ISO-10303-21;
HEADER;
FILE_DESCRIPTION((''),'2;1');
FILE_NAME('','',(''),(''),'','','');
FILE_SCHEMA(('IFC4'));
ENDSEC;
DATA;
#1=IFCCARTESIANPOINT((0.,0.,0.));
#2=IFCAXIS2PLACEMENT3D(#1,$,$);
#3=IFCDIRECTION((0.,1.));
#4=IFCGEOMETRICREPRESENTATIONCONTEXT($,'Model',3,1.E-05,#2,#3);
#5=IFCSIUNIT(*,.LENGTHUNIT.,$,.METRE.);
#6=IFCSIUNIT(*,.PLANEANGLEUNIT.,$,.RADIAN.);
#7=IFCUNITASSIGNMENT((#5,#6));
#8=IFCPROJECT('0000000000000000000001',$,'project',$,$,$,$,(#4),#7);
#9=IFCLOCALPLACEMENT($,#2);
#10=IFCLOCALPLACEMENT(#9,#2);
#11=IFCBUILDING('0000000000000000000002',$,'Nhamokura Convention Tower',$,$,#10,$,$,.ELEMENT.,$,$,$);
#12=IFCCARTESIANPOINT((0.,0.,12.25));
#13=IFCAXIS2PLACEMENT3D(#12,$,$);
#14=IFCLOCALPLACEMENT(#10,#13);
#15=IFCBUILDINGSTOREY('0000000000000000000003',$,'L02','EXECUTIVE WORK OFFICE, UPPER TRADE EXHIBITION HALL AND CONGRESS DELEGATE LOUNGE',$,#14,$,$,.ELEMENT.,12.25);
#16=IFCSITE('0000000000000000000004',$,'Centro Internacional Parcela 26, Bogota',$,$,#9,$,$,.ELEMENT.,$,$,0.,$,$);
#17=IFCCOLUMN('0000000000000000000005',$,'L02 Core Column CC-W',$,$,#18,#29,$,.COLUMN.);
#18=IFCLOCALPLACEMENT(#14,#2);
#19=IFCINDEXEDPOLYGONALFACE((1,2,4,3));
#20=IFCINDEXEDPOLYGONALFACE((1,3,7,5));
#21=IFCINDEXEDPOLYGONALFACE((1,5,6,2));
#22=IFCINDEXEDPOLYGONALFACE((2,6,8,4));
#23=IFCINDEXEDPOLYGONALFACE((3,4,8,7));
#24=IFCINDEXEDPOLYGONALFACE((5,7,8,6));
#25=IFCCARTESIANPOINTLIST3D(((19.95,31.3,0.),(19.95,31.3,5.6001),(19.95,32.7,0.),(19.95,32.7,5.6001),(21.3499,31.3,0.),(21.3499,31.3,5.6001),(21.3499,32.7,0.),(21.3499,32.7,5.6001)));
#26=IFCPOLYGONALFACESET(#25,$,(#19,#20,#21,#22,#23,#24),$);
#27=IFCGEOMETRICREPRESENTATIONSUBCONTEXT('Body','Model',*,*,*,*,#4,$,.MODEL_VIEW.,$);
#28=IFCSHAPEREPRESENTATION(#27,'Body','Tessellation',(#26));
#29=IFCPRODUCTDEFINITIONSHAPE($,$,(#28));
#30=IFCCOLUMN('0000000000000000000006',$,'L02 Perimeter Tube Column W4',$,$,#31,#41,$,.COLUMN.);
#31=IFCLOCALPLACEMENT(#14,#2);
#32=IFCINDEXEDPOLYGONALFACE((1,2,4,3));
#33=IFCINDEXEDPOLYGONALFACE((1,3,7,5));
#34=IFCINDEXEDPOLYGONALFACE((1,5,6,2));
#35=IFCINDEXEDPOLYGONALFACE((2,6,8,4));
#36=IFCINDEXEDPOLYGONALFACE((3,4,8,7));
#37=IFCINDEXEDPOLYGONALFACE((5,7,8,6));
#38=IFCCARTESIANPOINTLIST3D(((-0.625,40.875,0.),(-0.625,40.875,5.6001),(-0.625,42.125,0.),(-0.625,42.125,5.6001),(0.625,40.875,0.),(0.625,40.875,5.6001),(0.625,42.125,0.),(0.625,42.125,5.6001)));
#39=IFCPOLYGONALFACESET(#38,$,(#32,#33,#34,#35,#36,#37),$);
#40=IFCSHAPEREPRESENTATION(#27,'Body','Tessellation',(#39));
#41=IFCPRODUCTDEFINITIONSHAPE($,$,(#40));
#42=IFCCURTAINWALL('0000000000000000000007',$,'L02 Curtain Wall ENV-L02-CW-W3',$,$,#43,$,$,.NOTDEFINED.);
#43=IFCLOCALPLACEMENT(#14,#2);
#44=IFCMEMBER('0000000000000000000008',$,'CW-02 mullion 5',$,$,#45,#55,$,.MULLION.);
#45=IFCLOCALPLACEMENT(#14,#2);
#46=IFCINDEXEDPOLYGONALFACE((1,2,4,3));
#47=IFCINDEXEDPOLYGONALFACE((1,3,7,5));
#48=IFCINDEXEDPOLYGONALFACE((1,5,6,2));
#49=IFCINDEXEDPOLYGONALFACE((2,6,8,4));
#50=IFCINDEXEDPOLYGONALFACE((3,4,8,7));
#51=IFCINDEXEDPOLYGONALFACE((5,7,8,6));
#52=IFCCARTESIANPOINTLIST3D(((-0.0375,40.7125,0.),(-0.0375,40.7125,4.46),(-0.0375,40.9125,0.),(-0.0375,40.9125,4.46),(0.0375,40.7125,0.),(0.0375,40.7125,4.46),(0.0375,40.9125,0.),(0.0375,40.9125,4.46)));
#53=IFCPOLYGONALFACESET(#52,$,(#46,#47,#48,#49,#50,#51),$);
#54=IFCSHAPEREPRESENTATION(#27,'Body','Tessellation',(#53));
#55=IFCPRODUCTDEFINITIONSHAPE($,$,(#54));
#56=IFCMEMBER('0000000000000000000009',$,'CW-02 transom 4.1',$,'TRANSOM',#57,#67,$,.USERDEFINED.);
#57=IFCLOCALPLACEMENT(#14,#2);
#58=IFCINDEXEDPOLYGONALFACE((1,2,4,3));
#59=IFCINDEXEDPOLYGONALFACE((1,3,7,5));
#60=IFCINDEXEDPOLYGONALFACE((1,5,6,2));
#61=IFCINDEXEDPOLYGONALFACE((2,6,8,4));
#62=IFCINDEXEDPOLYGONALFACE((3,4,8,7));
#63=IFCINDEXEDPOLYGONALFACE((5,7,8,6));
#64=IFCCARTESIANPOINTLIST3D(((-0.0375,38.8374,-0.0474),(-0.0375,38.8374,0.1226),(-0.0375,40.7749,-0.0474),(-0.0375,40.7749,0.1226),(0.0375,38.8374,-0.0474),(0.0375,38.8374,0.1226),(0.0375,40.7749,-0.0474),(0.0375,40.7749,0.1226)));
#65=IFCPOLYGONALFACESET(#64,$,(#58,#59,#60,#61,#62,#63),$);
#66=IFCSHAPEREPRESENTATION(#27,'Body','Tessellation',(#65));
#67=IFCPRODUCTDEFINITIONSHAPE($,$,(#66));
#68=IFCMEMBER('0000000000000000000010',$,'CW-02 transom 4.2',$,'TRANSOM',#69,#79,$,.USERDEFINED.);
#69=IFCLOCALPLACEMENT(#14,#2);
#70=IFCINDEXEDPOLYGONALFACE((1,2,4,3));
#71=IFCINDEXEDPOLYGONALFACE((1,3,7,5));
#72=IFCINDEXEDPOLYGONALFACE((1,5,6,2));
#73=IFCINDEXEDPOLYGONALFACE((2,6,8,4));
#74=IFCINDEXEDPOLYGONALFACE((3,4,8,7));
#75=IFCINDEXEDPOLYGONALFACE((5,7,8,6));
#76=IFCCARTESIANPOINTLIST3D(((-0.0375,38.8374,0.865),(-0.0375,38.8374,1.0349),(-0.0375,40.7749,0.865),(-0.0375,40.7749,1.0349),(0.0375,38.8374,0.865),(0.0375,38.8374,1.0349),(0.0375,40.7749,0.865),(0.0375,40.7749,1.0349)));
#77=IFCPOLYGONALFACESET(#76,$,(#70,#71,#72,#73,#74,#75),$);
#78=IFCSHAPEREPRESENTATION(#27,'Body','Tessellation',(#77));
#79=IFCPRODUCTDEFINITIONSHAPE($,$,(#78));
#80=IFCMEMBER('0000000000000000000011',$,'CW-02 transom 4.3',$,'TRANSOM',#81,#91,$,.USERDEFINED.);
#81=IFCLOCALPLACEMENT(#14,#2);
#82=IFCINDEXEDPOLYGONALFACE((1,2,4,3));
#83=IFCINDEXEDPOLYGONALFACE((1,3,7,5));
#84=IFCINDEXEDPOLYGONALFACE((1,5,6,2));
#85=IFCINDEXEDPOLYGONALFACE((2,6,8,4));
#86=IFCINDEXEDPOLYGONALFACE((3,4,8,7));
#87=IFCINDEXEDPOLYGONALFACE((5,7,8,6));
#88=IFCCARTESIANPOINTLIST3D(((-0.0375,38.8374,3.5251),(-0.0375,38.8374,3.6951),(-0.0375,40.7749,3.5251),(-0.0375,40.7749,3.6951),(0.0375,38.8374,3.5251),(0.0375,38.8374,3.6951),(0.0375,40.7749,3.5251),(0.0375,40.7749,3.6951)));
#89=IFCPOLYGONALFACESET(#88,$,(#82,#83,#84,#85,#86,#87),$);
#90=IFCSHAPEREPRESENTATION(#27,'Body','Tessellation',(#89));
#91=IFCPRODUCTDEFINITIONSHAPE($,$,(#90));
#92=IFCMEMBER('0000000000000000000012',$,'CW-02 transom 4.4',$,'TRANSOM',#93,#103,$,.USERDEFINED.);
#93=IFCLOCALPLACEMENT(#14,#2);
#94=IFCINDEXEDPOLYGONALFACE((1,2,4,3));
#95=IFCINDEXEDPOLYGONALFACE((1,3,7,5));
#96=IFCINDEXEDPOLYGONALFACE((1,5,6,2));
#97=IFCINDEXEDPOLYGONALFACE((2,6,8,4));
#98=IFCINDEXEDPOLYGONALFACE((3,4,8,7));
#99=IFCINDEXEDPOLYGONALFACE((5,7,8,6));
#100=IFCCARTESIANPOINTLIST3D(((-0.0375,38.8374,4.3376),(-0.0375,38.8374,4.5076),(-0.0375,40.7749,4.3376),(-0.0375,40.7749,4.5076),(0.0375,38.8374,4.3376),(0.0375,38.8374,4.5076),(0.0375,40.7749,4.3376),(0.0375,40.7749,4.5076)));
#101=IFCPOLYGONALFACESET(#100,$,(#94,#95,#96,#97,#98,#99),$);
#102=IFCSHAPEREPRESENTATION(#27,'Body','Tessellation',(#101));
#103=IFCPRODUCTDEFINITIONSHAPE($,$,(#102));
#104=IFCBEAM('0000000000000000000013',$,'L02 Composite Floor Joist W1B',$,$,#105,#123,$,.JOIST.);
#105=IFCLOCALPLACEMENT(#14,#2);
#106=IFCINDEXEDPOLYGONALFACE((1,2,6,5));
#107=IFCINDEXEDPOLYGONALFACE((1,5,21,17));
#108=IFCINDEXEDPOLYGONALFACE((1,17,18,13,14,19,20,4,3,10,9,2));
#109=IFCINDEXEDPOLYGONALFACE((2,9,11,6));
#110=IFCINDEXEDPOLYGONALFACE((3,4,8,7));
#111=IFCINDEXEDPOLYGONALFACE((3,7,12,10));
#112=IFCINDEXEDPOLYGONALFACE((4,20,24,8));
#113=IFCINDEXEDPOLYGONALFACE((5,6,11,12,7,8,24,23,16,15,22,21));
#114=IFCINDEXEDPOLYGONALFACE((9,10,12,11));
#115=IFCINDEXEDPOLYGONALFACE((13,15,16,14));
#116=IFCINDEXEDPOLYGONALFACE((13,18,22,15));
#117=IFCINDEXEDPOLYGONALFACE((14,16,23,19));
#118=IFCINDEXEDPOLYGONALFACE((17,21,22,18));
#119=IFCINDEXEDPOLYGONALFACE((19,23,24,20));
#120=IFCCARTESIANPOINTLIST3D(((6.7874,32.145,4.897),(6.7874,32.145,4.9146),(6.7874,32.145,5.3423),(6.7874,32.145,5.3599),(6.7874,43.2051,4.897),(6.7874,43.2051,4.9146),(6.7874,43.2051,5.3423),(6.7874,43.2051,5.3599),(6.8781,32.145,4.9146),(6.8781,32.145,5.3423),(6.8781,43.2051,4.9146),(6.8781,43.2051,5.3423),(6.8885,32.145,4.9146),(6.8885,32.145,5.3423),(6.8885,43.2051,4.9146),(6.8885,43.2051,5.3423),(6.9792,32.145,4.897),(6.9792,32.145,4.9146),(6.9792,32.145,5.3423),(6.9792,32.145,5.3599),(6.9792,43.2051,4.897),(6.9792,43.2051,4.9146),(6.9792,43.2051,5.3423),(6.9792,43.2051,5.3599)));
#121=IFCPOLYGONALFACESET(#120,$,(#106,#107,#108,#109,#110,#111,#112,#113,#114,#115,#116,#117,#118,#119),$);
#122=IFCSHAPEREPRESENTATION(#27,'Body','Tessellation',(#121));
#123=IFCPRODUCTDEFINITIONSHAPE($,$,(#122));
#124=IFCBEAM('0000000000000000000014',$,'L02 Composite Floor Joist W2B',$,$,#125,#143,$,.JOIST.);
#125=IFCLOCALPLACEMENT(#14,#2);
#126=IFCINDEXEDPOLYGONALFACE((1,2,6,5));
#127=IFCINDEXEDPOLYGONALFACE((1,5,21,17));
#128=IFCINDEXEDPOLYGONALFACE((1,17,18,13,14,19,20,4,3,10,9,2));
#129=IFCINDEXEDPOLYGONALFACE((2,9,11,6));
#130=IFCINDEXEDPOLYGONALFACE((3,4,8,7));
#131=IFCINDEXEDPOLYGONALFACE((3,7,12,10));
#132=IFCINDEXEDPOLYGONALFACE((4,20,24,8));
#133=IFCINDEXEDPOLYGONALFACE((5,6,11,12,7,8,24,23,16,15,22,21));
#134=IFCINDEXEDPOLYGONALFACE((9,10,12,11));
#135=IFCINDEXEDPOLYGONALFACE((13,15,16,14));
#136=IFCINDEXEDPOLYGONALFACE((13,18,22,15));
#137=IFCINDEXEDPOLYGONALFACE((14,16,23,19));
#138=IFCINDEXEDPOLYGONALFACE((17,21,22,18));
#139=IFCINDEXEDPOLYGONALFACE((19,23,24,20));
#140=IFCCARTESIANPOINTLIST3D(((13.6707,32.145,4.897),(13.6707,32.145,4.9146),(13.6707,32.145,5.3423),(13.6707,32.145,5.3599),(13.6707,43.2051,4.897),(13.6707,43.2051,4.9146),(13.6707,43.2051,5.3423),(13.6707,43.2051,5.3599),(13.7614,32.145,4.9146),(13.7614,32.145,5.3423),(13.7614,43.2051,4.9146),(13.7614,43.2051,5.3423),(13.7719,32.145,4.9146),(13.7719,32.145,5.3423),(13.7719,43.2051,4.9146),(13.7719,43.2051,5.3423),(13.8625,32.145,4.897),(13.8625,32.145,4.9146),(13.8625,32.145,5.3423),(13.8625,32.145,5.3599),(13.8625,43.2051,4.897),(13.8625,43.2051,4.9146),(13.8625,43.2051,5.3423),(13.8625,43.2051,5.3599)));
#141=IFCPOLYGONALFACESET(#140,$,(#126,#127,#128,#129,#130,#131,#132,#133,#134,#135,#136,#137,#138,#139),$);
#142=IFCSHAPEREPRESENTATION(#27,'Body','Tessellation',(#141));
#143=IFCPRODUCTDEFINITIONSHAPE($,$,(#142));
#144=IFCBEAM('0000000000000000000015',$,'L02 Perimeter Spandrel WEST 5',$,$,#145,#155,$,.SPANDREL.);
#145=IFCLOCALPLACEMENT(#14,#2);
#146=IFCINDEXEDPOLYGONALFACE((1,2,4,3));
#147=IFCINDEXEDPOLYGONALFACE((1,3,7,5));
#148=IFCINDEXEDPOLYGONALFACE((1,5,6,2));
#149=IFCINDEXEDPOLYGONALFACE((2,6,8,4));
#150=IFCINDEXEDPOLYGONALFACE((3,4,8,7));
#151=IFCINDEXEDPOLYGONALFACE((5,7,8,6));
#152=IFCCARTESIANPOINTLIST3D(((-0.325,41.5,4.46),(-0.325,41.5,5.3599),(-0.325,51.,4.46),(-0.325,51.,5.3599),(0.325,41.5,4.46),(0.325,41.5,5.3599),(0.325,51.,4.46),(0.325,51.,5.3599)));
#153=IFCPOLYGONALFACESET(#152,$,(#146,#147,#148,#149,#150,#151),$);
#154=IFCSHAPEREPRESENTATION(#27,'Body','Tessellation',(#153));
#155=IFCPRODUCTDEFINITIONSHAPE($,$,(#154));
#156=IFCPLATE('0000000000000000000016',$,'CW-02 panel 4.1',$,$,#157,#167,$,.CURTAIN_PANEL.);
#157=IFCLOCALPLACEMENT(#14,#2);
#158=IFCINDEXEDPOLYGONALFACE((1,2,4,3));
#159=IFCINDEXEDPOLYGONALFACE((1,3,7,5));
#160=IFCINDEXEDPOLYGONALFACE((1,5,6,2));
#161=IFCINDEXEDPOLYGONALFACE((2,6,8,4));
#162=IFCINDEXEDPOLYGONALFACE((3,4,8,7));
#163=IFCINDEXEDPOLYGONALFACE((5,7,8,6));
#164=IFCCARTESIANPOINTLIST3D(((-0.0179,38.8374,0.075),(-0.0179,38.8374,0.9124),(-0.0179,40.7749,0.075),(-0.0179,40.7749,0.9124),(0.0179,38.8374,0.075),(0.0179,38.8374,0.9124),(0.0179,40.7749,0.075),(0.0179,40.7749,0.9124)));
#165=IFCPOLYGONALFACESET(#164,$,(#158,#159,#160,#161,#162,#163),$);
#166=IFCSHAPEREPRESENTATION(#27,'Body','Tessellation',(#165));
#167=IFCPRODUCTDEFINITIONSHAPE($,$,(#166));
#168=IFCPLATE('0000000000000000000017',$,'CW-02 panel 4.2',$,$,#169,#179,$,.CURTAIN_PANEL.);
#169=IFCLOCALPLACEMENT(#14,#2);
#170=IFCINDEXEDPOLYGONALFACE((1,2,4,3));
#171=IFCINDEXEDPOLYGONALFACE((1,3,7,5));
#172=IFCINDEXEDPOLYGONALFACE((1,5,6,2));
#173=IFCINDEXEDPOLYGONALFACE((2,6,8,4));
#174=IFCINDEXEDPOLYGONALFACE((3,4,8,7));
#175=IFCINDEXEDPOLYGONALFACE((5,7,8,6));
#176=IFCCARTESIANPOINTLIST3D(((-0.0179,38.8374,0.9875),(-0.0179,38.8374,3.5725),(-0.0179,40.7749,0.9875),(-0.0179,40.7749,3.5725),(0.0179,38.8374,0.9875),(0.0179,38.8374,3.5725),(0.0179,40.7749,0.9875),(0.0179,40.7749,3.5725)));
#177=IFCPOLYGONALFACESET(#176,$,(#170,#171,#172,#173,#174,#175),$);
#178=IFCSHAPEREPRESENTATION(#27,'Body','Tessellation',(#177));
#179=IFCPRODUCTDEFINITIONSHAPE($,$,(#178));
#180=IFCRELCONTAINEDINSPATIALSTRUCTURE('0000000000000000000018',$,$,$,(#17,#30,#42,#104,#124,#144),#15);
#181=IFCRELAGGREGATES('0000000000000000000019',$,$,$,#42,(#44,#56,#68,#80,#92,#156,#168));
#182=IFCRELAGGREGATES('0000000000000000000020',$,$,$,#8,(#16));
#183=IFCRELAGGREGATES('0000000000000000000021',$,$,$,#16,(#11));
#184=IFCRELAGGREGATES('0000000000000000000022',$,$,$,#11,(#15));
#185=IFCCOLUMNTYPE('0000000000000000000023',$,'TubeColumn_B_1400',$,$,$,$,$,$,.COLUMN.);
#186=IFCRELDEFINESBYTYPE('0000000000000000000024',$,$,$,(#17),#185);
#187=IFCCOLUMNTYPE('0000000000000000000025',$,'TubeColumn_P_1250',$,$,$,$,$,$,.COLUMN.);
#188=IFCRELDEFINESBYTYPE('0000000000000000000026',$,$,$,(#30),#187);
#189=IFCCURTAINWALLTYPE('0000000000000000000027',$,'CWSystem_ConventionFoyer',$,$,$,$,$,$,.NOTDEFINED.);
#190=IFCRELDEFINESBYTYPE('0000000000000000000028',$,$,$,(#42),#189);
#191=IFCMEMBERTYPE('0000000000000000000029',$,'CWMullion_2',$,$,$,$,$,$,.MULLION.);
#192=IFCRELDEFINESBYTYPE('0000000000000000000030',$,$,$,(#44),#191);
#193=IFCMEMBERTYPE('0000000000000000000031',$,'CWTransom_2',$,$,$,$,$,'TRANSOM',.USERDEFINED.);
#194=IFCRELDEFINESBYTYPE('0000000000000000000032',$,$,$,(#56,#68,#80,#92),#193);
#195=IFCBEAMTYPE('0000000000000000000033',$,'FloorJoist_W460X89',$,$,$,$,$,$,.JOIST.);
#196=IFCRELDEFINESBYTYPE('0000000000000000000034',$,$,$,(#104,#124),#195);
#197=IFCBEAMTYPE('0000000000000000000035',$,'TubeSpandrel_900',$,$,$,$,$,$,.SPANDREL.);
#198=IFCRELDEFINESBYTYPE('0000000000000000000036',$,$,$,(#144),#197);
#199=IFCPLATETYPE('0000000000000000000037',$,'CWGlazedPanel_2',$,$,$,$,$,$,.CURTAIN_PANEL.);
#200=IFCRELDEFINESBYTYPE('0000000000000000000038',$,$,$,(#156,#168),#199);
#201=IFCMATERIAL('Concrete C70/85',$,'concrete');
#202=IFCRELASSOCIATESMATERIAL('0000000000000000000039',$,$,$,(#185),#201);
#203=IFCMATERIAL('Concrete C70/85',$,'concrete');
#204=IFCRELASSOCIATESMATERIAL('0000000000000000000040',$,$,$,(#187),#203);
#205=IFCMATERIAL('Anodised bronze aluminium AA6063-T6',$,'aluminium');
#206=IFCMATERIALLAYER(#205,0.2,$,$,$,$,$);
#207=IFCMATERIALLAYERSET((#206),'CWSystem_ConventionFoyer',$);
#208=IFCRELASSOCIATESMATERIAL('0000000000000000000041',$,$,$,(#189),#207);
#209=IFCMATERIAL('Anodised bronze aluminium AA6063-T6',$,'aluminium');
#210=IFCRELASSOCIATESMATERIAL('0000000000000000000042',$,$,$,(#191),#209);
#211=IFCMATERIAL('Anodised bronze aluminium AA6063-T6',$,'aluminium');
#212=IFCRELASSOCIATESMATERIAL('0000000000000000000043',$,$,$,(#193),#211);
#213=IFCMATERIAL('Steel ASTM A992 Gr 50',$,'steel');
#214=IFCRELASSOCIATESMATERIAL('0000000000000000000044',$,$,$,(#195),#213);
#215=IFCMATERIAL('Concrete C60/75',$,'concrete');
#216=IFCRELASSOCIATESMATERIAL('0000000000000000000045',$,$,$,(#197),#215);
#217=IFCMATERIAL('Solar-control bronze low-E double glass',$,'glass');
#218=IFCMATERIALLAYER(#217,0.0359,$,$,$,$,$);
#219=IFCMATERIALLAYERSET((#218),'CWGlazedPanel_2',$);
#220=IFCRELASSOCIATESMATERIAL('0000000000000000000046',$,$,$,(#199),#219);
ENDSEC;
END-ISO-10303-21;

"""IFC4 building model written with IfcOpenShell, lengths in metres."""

from ifc_helpers import new_model, si_unit, direction, frame, origin, origin_2d, place, context, subcontext, project, spatial, rectangle, i_section, extrude, material, layer, layer_set, material_profile, profile_set, type_object, element, aggregate, save


model = new_model("IFC4")

# Units and contexts
model_context = context("Model", 3, precision=1e-05, world=origin(), true_north=direction((0.0, 1.0)))
body_context = subcontext(model_context, "Body", "Model", "MODEL_VIEW")
ifc_project = project(units=[si_unit("LENGTHUNIT", "METRE"), si_unit("PLANEANGLEUNIT", "RADIAN")], contexts=[model_context])

# Site, building, storey
site_placement = place(None, origin())
site = spatial("IfcSite", under=ifc_project, at=site_placement, Name="Centro Internacional Parcela 26, Bogota", CompositionType="ELEMENT", RefElevation=0.0)
building_placement = place(site_placement, origin())
building = spatial("IfcBuilding", under=site, at=building_placement, Name="Nhamokura Convention Tower", CompositionType="ELEMENT")
storey_placement = place(building_placement, frame((0.0, 0.0, 12.25)))
storey = spatial("IfcBuildingStorey", under=building, at=storey_placement, Name="L02", Description="EXECUTIVE WORK OFFICE, UPPER TRADE EXHIBITION HALL AND CONGRESS DELEGATE LOUNGE", CompositionType="ELEMENT", Elevation=12.25)

# Columns
ifc_material_1 = material(Name="Concrete C70/85", Category="concrete")
ifc_material_profile_1 = material_profile(ifc_material_1, rectangle(XDim=1.3999, YDim=1.3999, at=origin_2d()))
ifc_profile_set_1 = profile_set([ifc_material_profile_1], Name="Concrete C70/85")
column_type_1 = type_object("IfcColumnType", Name="TubeColumn_B_1400", PredefinedType="COLUMN", material=ifc_profile_set_1)
column_1_placement = place(storey_placement, frame((20.6499, 32.0, 0.0), z_axis=(0.0, 0.0, 1.0), x_axis=(1.0, 0.0, 0.0)))
element("IfcColumn", 1, at=column_1_placement, inside=storey, type_object=column_type_1, Name="L02 Core Column CC-W", PredefinedType="COLUMN", context=body_context, shape_type="SweptSolid", body=[
    extrude(rectangle(XDim=1.3999, YDim=1.3999, at=origin_2d()), origin(), (0.0, 0.0, 1.0), 5.6001),
])
ifc_material_2 = material(Name="Concrete C70/85", Category="concrete")
ifc_material_profile_2 = material_profile(ifc_material_2, rectangle(XDim=1.25, YDim=1.25, at=origin_2d()))
ifc_profile_set_2 = profile_set([ifc_material_profile_2], Name="Concrete C70/85")
column_type_2 = type_object("IfcColumnType", Name="TubeColumn_P_1250", PredefinedType="COLUMN", material=ifc_profile_set_2)
column_2_placement = place(storey_placement, frame((0.0, 41.5, 0.0), z_axis=(0.0, 0.0, 1.0), x_axis=(1.0, 0.0, 0.0)))
element("IfcColumn", 2, at=column_2_placement, inside=storey, type_object=column_type_2, Name="L02 Perimeter Tube Column W4", PredefinedType="COLUMN", context=body_context, shape_type="SweptSolid", body=[
    extrude(rectangle(XDim=1.25, YDim=1.25, at=origin_2d()), origin(), (0.0, 0.0, 1.0), 5.6001),
])

# Curtain wall, members
ifc_material_3 = material(Name="Anodised bronze aluminium AA6063-T6", Category="aluminium")
ifc_layer_1 = layer(ifc_material_3, 0.2)
ifc_layer_set_1 = layer_set([ifc_layer_1], Name="CWSystem_ConventionFoyer")
curtain_wall_type = type_object("IfcCurtainWallType", Name="CWSystem_ConventionFoyer", PredefinedType="NOTDEFINED", material=ifc_layer_set_1)
curtain_wall_placement = place(storey_placement, origin())
curtain_wall = element("IfcCurtainWall", 3, at=curtain_wall_placement, inside=storey, type_object=curtain_wall_type, Name="L02 Curtain Wall ENV-L02-CW-W3", PredefinedType="NOTDEFINED")
ifc_material_4 = material(Name="Anodised bronze aluminium AA6063-T6", Category="aluminium")
ifc_material_profile_3 = material_profile(ifc_material_4, rectangle(XDim=0.075, YDim=0.2, at=origin_2d()))
ifc_profile_set_3 = profile_set([ifc_material_profile_3], Name="Anodised bronze aluminium AA6063-T6")
member_type_1 = type_object("IfcMemberType", Name="CWMullion_2", PredefinedType="MULLION", material=ifc_profile_set_3)
member_1_placement = place(storey_placement, frame((0.0, 40.8125, 0.0), z_axis=(0.0, 0.0, 1.0), x_axis=(-1.0, 0.0, 0.0)))
member_1 = element("IfcMember", 4, at=member_1_placement, type_object=member_type_1, Name="CW-02 mullion 5", PredefinedType="MULLION", context=body_context, shape_type="SweptSolid", body=[
    extrude(rectangle(XDim=0.075, YDim=0.2, at=origin_2d()), origin(), (0.0, 0.0, 1.0), 4.46),
])
ifc_material_5 = material(Name="Anodised bronze aluminium AA6063-T6", Category="aluminium")
ifc_material_profile_4 = material_profile(ifc_material_5, rectangle(XDim=0.075, YDim=0.1699, at=origin_2d()))
ifc_profile_set_4 = profile_set([ifc_material_profile_4], Name="Anodised bronze aluminium AA6063-T6")
member_type_2 = type_object("IfcMemberType", Name="CWTransom_2", ElementType="TRANSOM", PredefinedType="USERDEFINED", material=ifc_profile_set_4)
member_2_placement = place(storey_placement, frame((0.0, 38.8374, 0.0376), z_axis=(0.0, 1.0, 0.0), x_axis=(-1.0, 0.0, 0.0)))
member_2 = element("IfcMember", 5, at=member_2_placement, type_object=member_type_2, Name="CW-02 transom 4.1", ObjectType="TRANSOM", PredefinedType="USERDEFINED", context=body_context, shape_type="SweptSolid", body=[
    extrude(rectangle(XDim=0.075, YDim=0.1699, at=origin_2d()), origin(), (0.0, 0.0, 1.0), 1.9375),
])
member_3_placement = place(storey_placement, frame((0.0, 38.8374, 0.95), z_axis=(0.0, 1.0, 0.0), x_axis=(-1.0, 0.0, 0.0)))
member_3 = element("IfcMember", 6, at=member_3_placement, type_object=member_type_2, Name="CW-02 transom 4.2", ObjectType="TRANSOM", PredefinedType="USERDEFINED", context=body_context, shape_type="SweptSolid", body=[
    extrude(rectangle(XDim=0.075, YDim=0.1699, at=origin_2d()), origin(), (0.0, 0.0, 1.0), 1.9375),
])
member_4_placement = place(storey_placement, frame((0.0, 38.8374, 3.6101), z_axis=(0.0, 1.0, 0.0), x_axis=(-1.0, 0.0, 0.0)))
member_4 = element("IfcMember", 7, at=member_4_placement, type_object=member_type_2, Name="CW-02 transom 4.3", ObjectType="TRANSOM", PredefinedType="USERDEFINED", context=body_context, shape_type="SweptSolid", body=[
    extrude(rectangle(XDim=0.075, YDim=0.1699, at=origin_2d()), origin(), (0.0, 0.0, 1.0), 1.9375),
])
member_5_placement = place(storey_placement, frame((0.0, 38.8374, 4.4226), z_axis=(0.0, 1.0, 0.0), x_axis=(-1.0, 0.0, 0.0)))
member_5 = element("IfcMember", 8, at=member_5_placement, type_object=member_type_2, Name="CW-02 transom 4.4", ObjectType="TRANSOM", PredefinedType="USERDEFINED", context=body_context, shape_type="SweptSolid", body=[
    extrude(rectangle(XDim=0.075, YDim=0.1699, at=origin_2d()), origin(), (0.0, 0.0, 1.0), 1.9375),
])

# Beams
ifc_material_6 = material(Name="Steel ASTM A992 Gr 50", Category="steel")
ifc_material_profile_5 = material_profile(ifc_material_6, i_section(OverallWidth=0.1919, OverallDepth=0.4629, WebThickness=0.0105, FlangeThickness=0.0176, at=origin_2d()))
ifc_profile_set_5 = profile_set([ifc_material_profile_5], Name="Steel ASTM A992 Gr 50")
beam_type_1 = type_object("IfcBeamType", Name="FloorJoist_W460X89", PredefinedType="JOIST", material=ifc_profile_set_5)
for number, where, z_axis, x_axis, name in (
    (9, (6.8833, 32.145, 5.1284), (0.0, 1.0, 0.0), (-1.0, 0.0, 0.0), "L02 Composite Floor Joist W1B"),
    (10, (13.7666, 32.145, 5.1284), (0.0, 1.0, 0.0), (-1.0, 0.0, 0.0), "L02 Composite Floor Joist W2B"),
):
    element("IfcBeam", number, at=place(storey_placement, frame(where, z_axis=z_axis, x_axis=x_axis)), inside=storey, type_object=beam_type_1, Name=name, PredefinedType="JOIST", context=body_context, shape_type="SweptSolid", body=[
        extrude(i_section(OverallWidth=0.1919, OverallDepth=0.4629, WebThickness=0.0105, FlangeThickness=0.0176, at=origin_2d()), origin(), (0.0, 0.0, 1.0), 11.0601),
    ])
ifc_material_7 = material(Name="Concrete C60/75", Category="concrete")
ifc_material_profile_6 = material_profile(ifc_material_7, rectangle(XDim=0.6499, YDim=0.8999, at=origin_2d()))
ifc_profile_set_6 = profile_set([ifc_material_profile_6], Name="Concrete C60/75")
beam_type_2 = type_object("IfcBeamType", Name="TubeSpandrel_900", PredefinedType="SPANDREL", material=ifc_profile_set_6)
beam_placement = place(storey_placement, frame((0.0, 41.5, 4.9099), z_axis=(0.0, 1.0, 0.0), x_axis=(-1.0, 0.0, 0.0)))
element("IfcBeam", 11, at=beam_placement, inside=storey, type_object=beam_type_2, Name="L02 Perimeter Spandrel WEST 5", PredefinedType="SPANDREL", context=body_context, shape_type="SweptSolid", body=[
    extrude(rectangle(XDim=0.6499, YDim=0.8999, at=origin_2d()), origin(), (0.0, 0.0, 1.0), 9.5),
])

# Plates
ifc_material_8 = material(Name="Solar-control bronze low-E double glass", Category="glass")
ifc_layer_2 = layer(ifc_material_8, 0.0359)
ifc_layer_set_2 = layer_set([ifc_layer_2], Name="CWGlazedPanel_2")
plate_type = type_object("IfcPlateType", Name="CWGlazedPanel_2", PredefinedType="CURTAIN_PANEL", material=ifc_layer_set_2)
plate_1_placement = place(storey_placement, frame((0.0, 39.8062, 0.075), z_axis=(0.0, 0.0, 1.0), x_axis=(0.0, 1.0, 0.0)))
plate_1 = element("IfcPlate", 12, at=plate_1_placement, type_object=plate_type, Name="CW-02 panel 4.1", PredefinedType="CURTAIN_PANEL", context=body_context, shape_type="SweptSolid", body=[
    extrude(rectangle(XDim=1.9375, YDim=0.0359, at=origin_2d()), origin(), (0.0, 0.0, 1.0), 0.8374),
])
plate_2_placement = place(storey_placement, frame((0.0, 39.8062, 0.9875), z_axis=(0.0, 0.0, 1.0), x_axis=(0.0, 1.0, 0.0)))
plate_2 = element("IfcPlate", 13, at=plate_2_placement, type_object=plate_type, Name="CW-02 panel 4.2", PredefinedType="CURTAIN_PANEL", context=body_context, shape_type="SweptSolid", body=[
    extrude(rectangle(XDim=1.9375, YDim=0.0359, at=origin_2d()), origin(), (0.0, 0.0, 1.0), 2.585),
])
aggregate(curtain_wall, [member_1, member_2, member_3, member_4, member_5, plate_1, plate_2])

save(model, "model.ifc")
